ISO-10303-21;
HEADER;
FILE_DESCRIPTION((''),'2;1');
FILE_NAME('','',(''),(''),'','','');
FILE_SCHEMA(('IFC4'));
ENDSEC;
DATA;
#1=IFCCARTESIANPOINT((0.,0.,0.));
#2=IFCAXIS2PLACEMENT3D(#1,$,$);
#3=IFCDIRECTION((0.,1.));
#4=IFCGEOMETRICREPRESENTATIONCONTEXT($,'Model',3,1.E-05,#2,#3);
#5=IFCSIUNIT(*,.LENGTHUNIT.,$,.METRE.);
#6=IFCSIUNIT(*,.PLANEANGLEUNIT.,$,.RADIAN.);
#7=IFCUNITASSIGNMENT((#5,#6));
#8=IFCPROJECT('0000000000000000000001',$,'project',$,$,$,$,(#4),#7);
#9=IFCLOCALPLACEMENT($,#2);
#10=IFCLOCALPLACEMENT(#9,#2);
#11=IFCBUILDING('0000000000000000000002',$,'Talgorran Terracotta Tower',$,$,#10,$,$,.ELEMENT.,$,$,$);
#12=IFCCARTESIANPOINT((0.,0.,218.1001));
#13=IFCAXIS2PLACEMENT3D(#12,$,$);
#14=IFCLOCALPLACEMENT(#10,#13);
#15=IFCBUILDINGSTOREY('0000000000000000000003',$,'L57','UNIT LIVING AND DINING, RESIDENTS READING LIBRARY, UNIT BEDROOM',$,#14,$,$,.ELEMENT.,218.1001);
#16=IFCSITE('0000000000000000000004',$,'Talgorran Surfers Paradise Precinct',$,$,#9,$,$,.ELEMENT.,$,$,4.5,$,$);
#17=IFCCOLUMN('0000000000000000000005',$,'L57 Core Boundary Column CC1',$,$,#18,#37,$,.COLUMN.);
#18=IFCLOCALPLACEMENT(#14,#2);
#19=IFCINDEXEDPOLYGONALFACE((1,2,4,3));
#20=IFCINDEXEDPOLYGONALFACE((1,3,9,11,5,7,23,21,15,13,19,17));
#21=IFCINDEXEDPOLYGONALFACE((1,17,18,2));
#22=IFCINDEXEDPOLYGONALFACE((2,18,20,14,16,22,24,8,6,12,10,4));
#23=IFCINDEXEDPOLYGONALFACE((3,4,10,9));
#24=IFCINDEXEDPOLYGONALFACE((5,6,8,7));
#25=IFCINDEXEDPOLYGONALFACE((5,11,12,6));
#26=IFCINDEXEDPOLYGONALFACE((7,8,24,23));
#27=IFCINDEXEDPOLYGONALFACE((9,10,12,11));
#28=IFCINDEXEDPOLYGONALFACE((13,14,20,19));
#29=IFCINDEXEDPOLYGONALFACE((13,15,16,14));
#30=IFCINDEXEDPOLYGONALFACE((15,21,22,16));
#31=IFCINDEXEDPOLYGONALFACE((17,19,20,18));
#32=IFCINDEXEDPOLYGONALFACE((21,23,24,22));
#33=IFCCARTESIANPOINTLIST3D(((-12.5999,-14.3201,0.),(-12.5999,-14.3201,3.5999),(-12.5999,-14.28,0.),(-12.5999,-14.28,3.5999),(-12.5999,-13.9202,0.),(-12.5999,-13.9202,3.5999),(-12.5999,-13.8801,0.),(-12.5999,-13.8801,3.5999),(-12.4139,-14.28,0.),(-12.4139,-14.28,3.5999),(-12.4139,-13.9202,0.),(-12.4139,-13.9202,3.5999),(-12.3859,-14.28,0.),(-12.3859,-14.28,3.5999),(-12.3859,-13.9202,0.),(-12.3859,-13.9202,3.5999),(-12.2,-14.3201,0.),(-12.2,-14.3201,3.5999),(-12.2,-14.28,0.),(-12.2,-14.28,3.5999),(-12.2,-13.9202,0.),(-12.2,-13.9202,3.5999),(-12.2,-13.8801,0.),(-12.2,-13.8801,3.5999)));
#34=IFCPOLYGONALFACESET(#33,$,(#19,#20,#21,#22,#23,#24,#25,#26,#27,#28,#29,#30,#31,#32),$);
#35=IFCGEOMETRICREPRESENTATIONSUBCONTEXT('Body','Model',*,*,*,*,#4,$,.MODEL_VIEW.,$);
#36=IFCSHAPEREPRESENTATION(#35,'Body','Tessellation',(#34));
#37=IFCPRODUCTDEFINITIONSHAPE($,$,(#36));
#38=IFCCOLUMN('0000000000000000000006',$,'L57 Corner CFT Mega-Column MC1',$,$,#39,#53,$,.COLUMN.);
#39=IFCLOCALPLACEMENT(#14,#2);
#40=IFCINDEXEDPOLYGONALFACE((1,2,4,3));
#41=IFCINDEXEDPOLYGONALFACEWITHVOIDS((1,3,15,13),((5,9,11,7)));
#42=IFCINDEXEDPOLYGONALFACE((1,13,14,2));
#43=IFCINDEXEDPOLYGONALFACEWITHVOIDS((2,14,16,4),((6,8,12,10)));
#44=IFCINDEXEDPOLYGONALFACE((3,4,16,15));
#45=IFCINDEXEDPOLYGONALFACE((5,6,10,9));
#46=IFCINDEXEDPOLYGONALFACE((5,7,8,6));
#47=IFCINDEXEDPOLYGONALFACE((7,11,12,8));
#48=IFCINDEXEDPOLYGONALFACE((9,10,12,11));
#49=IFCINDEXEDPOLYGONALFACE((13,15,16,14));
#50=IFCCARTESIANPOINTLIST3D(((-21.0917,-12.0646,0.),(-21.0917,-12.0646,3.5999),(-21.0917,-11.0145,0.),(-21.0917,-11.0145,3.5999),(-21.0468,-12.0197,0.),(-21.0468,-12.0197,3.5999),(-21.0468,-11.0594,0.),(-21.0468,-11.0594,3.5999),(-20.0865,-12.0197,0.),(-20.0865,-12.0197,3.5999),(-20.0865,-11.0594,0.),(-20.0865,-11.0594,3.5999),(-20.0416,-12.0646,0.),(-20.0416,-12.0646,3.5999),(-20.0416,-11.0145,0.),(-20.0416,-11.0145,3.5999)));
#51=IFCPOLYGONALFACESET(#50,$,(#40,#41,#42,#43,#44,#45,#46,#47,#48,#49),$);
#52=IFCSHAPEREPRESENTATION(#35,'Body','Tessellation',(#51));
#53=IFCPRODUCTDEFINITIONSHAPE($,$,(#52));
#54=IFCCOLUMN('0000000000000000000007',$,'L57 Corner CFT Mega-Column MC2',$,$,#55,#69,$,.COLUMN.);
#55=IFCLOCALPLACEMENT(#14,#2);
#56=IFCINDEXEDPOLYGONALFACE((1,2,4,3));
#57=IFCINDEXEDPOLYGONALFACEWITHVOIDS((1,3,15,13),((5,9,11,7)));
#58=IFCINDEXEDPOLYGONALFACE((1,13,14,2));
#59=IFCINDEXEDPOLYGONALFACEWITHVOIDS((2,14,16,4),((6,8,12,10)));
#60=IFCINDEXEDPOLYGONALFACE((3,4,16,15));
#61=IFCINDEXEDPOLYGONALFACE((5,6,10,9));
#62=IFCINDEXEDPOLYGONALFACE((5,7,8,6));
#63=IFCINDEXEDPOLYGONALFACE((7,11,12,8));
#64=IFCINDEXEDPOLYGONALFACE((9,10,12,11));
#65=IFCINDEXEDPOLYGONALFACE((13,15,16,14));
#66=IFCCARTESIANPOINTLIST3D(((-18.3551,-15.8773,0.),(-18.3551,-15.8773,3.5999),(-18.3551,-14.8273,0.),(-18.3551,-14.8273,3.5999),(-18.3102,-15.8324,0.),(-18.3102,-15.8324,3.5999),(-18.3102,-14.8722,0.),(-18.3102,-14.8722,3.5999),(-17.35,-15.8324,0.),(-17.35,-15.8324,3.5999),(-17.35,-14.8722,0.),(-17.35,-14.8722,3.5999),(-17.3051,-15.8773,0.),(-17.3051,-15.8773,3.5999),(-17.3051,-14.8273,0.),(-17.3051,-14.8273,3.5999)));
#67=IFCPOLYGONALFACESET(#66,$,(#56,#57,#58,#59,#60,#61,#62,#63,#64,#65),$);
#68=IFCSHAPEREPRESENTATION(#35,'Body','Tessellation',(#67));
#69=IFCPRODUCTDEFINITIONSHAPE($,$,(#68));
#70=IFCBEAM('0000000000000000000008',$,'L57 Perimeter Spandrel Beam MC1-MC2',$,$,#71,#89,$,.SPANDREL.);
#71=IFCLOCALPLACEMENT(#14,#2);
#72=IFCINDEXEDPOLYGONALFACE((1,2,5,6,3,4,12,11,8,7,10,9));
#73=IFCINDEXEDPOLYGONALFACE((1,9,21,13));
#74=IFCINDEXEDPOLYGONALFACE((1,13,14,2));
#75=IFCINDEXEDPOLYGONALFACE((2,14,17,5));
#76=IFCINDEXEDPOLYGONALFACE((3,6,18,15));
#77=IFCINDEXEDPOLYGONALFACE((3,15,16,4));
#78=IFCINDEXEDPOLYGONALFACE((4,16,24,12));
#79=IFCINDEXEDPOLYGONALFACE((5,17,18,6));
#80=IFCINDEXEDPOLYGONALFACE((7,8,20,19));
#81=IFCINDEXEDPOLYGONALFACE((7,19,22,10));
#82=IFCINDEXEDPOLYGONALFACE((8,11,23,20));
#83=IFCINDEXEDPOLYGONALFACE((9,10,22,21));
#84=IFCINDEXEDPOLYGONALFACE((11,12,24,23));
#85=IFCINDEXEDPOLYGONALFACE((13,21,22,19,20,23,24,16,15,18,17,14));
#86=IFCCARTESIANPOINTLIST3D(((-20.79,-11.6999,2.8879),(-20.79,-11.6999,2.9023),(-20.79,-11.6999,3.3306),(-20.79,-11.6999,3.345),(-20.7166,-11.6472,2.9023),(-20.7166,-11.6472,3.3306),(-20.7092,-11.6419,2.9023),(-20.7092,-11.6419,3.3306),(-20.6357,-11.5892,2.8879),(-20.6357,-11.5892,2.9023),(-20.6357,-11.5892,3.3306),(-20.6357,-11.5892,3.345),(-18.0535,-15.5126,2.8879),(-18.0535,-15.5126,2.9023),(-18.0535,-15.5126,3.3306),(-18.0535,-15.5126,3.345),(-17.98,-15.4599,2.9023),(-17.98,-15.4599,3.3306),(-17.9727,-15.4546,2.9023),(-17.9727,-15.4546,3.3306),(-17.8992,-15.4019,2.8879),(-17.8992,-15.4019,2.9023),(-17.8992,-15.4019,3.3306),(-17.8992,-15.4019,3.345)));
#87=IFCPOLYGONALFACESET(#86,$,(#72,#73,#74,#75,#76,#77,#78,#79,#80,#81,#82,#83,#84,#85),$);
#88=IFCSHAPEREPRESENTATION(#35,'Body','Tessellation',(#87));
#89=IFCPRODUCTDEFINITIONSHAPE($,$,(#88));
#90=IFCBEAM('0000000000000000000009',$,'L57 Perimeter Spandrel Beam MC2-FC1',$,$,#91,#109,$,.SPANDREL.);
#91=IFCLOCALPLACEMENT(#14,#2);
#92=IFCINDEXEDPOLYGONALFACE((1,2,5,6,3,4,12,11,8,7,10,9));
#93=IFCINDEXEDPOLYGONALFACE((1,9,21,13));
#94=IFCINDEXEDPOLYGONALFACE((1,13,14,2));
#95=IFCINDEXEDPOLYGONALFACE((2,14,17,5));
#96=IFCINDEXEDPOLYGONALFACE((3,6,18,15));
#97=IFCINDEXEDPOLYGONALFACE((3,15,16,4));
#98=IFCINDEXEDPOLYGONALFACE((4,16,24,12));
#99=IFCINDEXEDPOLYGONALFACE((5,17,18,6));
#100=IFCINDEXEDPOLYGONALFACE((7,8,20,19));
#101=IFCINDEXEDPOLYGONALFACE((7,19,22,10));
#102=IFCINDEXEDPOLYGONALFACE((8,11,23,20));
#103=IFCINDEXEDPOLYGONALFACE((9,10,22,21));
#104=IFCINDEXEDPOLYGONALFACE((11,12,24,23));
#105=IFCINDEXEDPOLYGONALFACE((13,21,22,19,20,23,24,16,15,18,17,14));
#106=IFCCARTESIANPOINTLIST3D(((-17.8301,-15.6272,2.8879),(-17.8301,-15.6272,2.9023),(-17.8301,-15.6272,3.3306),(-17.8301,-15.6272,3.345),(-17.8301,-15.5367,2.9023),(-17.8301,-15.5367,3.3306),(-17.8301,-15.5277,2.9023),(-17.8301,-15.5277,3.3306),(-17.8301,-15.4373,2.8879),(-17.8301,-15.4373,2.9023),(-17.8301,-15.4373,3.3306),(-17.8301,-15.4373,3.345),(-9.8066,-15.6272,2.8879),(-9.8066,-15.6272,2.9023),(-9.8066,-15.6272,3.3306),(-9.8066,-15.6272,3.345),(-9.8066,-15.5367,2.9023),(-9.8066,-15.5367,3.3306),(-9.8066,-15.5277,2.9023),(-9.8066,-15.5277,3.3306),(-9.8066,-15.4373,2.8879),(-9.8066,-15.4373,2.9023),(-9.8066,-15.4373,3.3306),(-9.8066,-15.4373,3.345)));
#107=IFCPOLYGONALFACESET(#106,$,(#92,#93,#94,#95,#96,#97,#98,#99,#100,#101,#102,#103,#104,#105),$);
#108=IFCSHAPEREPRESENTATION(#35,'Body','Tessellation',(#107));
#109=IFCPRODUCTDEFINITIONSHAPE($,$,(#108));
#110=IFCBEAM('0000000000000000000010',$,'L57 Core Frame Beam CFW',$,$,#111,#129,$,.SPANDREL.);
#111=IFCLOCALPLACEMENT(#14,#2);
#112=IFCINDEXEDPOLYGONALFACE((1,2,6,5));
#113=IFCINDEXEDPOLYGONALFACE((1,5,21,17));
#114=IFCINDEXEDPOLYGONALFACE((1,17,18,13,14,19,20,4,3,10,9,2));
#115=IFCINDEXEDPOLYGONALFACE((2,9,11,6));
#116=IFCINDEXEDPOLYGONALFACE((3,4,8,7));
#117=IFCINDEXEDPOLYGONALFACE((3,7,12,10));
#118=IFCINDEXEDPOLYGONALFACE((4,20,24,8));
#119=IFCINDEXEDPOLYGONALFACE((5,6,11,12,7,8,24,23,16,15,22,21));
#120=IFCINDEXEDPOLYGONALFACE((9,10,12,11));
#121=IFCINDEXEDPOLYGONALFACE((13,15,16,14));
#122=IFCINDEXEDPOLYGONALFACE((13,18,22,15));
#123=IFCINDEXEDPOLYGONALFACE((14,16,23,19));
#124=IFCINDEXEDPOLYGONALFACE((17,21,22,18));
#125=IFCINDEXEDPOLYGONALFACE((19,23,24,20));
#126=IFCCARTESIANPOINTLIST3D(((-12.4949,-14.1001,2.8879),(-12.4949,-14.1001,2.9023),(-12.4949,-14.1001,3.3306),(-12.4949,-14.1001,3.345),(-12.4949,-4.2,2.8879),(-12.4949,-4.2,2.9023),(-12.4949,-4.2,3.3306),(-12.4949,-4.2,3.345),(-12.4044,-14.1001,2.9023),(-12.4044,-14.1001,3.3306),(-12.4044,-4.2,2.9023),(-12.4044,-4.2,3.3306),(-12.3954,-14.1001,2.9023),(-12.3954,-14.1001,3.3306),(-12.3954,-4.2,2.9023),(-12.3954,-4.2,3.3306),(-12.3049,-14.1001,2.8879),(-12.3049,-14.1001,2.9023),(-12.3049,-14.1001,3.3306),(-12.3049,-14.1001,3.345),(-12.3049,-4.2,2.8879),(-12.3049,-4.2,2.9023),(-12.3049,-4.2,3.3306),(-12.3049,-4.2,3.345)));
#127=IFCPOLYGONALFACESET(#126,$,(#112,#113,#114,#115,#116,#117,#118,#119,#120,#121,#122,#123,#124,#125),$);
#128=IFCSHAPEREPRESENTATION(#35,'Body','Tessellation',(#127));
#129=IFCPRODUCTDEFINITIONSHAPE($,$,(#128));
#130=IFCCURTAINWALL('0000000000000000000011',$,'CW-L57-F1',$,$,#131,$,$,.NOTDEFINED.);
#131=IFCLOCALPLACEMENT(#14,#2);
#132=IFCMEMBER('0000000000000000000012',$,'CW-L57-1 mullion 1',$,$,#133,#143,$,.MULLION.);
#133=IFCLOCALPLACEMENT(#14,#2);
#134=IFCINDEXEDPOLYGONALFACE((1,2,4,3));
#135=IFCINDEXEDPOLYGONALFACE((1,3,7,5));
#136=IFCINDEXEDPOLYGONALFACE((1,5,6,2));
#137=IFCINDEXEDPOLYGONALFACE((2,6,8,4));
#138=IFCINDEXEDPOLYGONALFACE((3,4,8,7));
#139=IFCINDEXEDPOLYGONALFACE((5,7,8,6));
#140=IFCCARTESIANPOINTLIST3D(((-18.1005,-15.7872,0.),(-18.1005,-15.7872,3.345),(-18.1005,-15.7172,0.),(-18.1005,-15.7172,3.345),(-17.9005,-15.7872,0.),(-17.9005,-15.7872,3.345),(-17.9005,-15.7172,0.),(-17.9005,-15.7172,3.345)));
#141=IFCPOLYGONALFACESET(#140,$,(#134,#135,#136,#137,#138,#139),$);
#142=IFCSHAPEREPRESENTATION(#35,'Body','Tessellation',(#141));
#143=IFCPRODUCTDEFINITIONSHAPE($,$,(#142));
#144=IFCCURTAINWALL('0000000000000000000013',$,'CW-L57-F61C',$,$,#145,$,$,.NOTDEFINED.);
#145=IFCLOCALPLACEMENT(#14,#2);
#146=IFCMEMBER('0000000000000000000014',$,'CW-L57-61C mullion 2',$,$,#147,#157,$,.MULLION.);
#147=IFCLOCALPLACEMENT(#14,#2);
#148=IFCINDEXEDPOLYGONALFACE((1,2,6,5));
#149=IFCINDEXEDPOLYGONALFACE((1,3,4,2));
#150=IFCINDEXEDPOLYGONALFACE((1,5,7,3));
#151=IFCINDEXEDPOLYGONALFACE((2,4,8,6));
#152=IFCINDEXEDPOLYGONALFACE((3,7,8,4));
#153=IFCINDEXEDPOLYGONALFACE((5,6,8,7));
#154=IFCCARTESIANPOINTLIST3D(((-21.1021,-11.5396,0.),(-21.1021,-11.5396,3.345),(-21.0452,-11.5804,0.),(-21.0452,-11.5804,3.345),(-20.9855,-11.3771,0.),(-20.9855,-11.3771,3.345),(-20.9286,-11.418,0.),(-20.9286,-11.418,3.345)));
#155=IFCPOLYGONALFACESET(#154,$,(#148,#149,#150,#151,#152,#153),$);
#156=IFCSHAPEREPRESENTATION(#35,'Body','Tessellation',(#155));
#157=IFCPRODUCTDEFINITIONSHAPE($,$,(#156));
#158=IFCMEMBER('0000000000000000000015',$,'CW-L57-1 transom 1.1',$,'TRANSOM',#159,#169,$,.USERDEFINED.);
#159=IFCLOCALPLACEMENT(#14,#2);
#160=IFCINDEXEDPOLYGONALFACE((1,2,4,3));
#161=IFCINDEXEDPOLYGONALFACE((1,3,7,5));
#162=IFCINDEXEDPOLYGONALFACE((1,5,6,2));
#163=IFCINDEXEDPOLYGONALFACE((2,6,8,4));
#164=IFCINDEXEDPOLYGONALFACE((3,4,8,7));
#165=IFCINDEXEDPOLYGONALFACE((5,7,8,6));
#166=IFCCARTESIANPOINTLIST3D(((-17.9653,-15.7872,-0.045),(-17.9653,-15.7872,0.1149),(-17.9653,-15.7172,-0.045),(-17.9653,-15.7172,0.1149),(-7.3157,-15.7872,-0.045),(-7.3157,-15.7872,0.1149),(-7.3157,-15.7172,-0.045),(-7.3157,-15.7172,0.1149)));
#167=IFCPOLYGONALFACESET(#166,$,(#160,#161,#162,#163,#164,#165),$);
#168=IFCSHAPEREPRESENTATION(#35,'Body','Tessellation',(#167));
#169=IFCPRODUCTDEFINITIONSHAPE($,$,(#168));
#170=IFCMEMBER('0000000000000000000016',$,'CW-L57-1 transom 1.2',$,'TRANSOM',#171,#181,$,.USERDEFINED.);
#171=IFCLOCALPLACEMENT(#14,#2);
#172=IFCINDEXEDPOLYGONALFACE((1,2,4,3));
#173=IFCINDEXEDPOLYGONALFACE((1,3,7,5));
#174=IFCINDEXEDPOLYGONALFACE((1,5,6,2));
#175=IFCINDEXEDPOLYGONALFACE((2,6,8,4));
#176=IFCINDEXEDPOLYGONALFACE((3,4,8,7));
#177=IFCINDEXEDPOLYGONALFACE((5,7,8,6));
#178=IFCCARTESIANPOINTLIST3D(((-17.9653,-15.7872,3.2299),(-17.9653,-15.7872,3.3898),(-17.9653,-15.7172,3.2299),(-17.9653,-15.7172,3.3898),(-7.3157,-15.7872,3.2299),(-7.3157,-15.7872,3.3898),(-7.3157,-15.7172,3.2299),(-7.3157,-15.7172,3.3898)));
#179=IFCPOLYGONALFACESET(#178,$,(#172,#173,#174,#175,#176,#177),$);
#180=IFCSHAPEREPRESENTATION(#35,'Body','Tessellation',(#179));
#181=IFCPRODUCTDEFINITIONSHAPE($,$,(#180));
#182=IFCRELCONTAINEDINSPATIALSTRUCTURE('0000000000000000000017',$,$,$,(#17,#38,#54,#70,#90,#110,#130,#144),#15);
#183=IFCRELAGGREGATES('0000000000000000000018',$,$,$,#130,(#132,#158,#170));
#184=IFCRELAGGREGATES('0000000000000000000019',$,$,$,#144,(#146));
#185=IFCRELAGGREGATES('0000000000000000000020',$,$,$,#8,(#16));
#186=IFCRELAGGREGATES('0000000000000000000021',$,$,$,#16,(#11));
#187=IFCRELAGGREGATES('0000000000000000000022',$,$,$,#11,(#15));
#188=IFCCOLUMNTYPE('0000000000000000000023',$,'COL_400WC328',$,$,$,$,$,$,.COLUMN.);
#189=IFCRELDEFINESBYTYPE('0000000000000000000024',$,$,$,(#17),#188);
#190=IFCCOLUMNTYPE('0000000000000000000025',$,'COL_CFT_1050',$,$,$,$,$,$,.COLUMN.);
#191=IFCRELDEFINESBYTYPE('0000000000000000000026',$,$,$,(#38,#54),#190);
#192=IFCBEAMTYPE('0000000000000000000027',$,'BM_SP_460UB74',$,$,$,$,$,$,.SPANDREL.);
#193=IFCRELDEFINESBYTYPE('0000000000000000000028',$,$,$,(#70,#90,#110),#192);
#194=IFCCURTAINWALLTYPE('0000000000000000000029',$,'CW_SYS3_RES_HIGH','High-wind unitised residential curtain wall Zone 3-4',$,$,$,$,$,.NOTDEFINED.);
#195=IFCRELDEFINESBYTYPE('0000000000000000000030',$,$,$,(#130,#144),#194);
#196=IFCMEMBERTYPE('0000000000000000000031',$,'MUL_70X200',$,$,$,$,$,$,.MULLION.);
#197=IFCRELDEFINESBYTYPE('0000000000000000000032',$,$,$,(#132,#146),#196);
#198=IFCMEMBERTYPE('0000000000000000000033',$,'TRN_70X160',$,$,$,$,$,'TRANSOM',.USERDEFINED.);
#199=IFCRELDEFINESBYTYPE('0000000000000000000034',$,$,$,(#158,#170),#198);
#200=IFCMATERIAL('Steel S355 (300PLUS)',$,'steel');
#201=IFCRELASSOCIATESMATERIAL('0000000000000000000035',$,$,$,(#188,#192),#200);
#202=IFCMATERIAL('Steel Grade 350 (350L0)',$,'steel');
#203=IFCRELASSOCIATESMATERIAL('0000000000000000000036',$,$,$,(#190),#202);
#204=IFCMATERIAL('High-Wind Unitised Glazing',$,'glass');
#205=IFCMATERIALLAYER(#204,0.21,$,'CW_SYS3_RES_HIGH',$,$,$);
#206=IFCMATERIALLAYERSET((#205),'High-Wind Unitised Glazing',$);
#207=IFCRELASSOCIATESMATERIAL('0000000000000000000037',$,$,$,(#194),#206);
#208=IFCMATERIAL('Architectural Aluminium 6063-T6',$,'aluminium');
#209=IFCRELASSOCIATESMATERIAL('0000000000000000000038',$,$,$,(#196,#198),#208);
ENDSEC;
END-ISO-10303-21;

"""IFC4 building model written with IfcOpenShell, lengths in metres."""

from ifc_helpers import new_model, si_unit, direction, frame, origin, origin_2d, place, context, subcontext, project, spatial, rectangle, hollow_rectangle, i_section, extrude, material, layer, layer_set, material_profile, profile_set, type_object, element, aggregate, save


model = new_model("IFC4")

# Units and contexts
model_context = context("Model", 3, precision=1e-05, world=origin(), true_north=direction((0.0, 1.0)))
body_context = subcontext(model_context, "Body", "Model", "MODEL_VIEW")
ifc_project = project(units=[si_unit("LENGTHUNIT", "METRE"), si_unit("PLANEANGLEUNIT", "RADIAN")], contexts=[model_context])

# Site, building, storey
site_placement = place(None, origin())
site = spatial("IfcSite", under=ifc_project, at=site_placement, Name="Talgorran Surfers Paradise Precinct", CompositionType="ELEMENT", RefElevation=4.5)
building_placement = place(site_placement, origin())
building = spatial("IfcBuilding", under=site, at=building_placement, Name="Talgorran Terracotta Tower", CompositionType="ELEMENT")
storey_placement = place(building_placement, frame((0.0, 0.0, 218.1001)))
storey = spatial("IfcBuildingStorey", under=building, at=storey_placement, Name="L57", Description="UNIT LIVING AND DINING, RESIDENTS READING LIBRARY, UNIT BEDROOM", CompositionType="ELEMENT", Elevation=218.1001)

# Columns
ifc_material_1 = material(Name="Steel S355 (300PLUS)", Category="steel")
ifc_material_profile_1 = material_profile(ifc_material_1, i_section(OverallWidth=0.3999, OverallDepth=0.4399, WebThickness=0.0281, FlangeThickness=0.04, at=origin_2d()), Name="400WC328")
ifc_profile_set_1 = profile_set([ifc_material_profile_1], Name="Steel S355 (300PLUS)")
column_type_1 = type_object("IfcColumnType", Name="COL_400WC328", PredefinedType="COLUMN", material=ifc_profile_set_1)
column_placement = place(storey_placement, frame((-12.3999, -14.1001, 0.0), z_axis=(0.0, 0.0, 1.0), x_axis=(1.0, 0.0, 0.0)))
element("IfcColumn", 1, at=column_placement, inside=storey, type_object=column_type_1, Name="L57 Core Boundary Column CC1", PredefinedType="COLUMN", context=body_context, shape_type="SweptSolid", body=[
    extrude(i_section(OverallWidth=0.3999, OverallDepth=0.4399, WebThickness=0.0281, FlangeThickness=0.04, at=origin_2d()), origin(), (0.0, 0.0, 1.0), 3.5999),
])
ifc_material_2 = material(Name="Steel Grade 350 (350L0)", Category="steel")
ifc_material_profile_2 = material_profile(ifc_material_2, hollow_rectangle(XDim=1.05, YDim=1.05, WallThickness=0.0449, at=origin_2d()), Name="CFT1050X1050X45")
ifc_profile_set_2 = profile_set([ifc_material_profile_2], Name="Steel Grade 350 (350L0)")
column_type_2 = type_object("IfcColumnType", Name="COL_CFT_1050", PredefinedType="COLUMN", material=ifc_profile_set_2)
for number, where, z_axis, x_axis, name in (
    (2, (-20.5667, -11.5396, 0.0), (0.0, 0.0, 1.0), (1.0, 0.0, 0.0), "L57 Corner CFT Mega-Column MC1"),
    (3, (-17.8301, -15.3523, 0.0), (0.0, 0.0, 1.0), (1.0, 0.0, 0.0), "L57 Corner CFT Mega-Column MC2"),
):
    element("IfcColumn", number, at=place(storey_placement, frame(where, z_axis=z_axis, x_axis=x_axis)), inside=storey, type_object=column_type_2, Name=name, PredefinedType="COLUMN", context=body_context, shape_type="SweptSolid", body=[
        extrude(hollow_rectangle(XDim=1.05, YDim=1.05, WallThickness=0.0449, at=origin_2d()), origin(), (0.0, 0.0, 1.0), 3.5999),
    ])

# Beams
ifc_material_profile_3 = material_profile(ifc_material_1, i_section(OverallWidth=0.1899, OverallDepth=0.457, WebThickness=0.009, FlangeThickness=0.0144, at=origin_2d()), Name="460UB74.6")
ifc_profile_set_3 = profile_set([ifc_material_profile_3], Name="Steel S355 (300PLUS)")
beam_type = type_object("IfcBeamType", Name="BM_SP_460UB74", PredefinedType="SPANDREL", material=ifc_profile_set_3)
beam_1_placement = place(storey_placement, frame((-20.7129, -11.6445, 3.1165), z_axis=(0.583097, -0.812403, 0.0), x_axis=(0.812403, 0.583097, 0.0)))
element("IfcBeam", 4, at=beam_1_placement, inside=storey, type_object=beam_type, Name="L57 Perimeter Spandrel Beam MC1-MC2", PredefinedType="SPANDREL", context=body_context, shape_type="SweptSolid", body=[
    extrude(i_section(OverallWidth=0.1899, OverallDepth=0.457, WebThickness=0.009, FlangeThickness=0.0144, at=origin_2d()), origin(), (0.0, 0.0, 1.0), 4.6931),
])
beam_2_placement = place(storey_placement, frame((-17.8301, -15.5322, 3.1165), z_axis=(1.0, 0.0, 0.0), x_axis=(0.0, 1.0, 0.0)))
element("IfcBeam", 5, at=beam_2_placement, inside=storey, type_object=beam_type, Name="L57 Perimeter Spandrel Beam MC2-FC1", PredefinedType="SPANDREL", context=body_context, shape_type="SweptSolid", body=[
    extrude(i_section(OverallWidth=0.1899, OverallDepth=0.457, WebThickness=0.009, FlangeThickness=0.0144, at=origin_2d()), origin(), (0.0, 0.0, 1.0), 8.0234),
])
beam_3_placement = place(storey_placement, frame((-12.3999, -14.1001, 3.1165), z_axis=(0.0, 1.0, 0.0), x_axis=(-1.0, 0.0, 0.0)))
element("IfcBeam", 6, at=beam_3_placement, inside=storey, type_object=beam_type, Name="L57 Core Frame Beam CFW", PredefinedType="SPANDREL", context=body_context, shape_type="SweptSolid", body=[
    extrude(i_section(OverallWidth=0.1899, OverallDepth=0.457, WebThickness=0.009, FlangeThickness=0.0144, at=origin_2d()), origin(), (0.0, 0.0, 1.0), 9.9001),
])

# Curtain walls, members
ifc_material_3 = material(Name="High-Wind Unitised Glazing", Category="glass")
ifc_layer_1 = layer(ifc_material_3, 0.21, Name="CW_SYS3_RES_HIGH")
ifc_layer_set_1 = layer_set([ifc_layer_1], Name="High-Wind Unitised Glazing")
curtain_wall_type = type_object("IfcCurtainWallType", Name="CW_SYS3_RES_HIGH", Description="High-wind unitised residential curtain wall Zone 3-4", PredefinedType="NOTDEFINED", material=ifc_layer_set_1)
curtain_wall_1_placement = place(storey_placement, origin())
curtain_wall_1 = element("IfcCurtainWall", 7, at=curtain_wall_1_placement, inside=storey, type_object=curtain_wall_type, Name="CW-L57-F1", PredefinedType="NOTDEFINED")
ifc_material_4 = material(Name="Architectural Aluminium 6063-T6", Category="aluminium")
ifc_material_profile_4 = material_profile(ifc_material_4, rectangle(XDim=0.0701, YDim=0.2, at=origin_2d()), Name="CWM70X200")
ifc_profile_set_4 = profile_set([ifc_material_profile_4], Name="Architectural Aluminium 6063-T6")
member_type_1 = type_object("IfcMemberType", Name="MUL_70X200", PredefinedType="MULLION", material=ifc_profile_set_4)
member_1_placement = place(storey_placement, frame((-18.0005, -15.7522, 0.0), z_axis=(0.0, 0.0, 1.0), x_axis=(0.0, 1.0, 0.0)))
member_1 = element("IfcMember", 8, at=member_1_placement, type_object=member_type_1, Name="CW-L57-1 mullion 1", PredefinedType="MULLION", context=body_context, shape_type="SweptSolid", body=[
    extrude(rectangle(XDim=0.0701, YDim=0.2, at=origin_2d()), origin(), (0.0, 0.0, 1.0), 3.345),
])
curtain_wall_2_placement = place(storey_placement, origin())
curtain_wall_2 = element("IfcCurtainWall", 9, at=curtain_wall_2_placement, inside=storey, type_object=curtain_wall_type, Name="CW-L57-F61C", PredefinedType="NOTDEFINED")
member_2_placement = place(storey_placement, frame((-21.0154, -11.4788, 0.0), z_axis=(0.0, 0.0, 1.0), x_axis=(0.812396, -0.583106, 0.0)))
member_2 = element("IfcMember", 10, at=member_2_placement, type_object=member_type_1, Name="CW-L57-61C mullion 2", PredefinedType="MULLION", context=body_context, shape_type="SweptSolid", body=[
    extrude(rectangle(XDim=0.0701, YDim=0.2, at=origin_2d()), origin(), (0.0, 0.0, 1.0), 3.345),
])

# Members
ifc_material_profile_5 = material_profile(ifc_material_4, rectangle(XDim=0.0701, YDim=0.1599, at=origin_2d()), Name="CWT70X160")
ifc_profile_set_5 = profile_set([ifc_material_profile_5], Name="Architectural Aluminium 6063-T6")
member_type_2 = type_object("IfcMemberType", Name="TRN_70X160", ElementType="TRANSOM", PredefinedType="USERDEFINED", material=ifc_profile_set_5)
member_3_placement = place(storey_placement, frame((-17.9653, -15.7522, 0.0349), z_axis=(1.0, 0.0, 0.0), x_axis=(0.0, 1.0, 0.0)))
member_3 = element("IfcMember", 11, at=member_3_placement, type_object=member_type_2, Name="CW-L57-1 transom 1.1", ObjectType="TRANSOM", PredefinedType="USERDEFINED", context=body_context, shape_type="SweptSolid", body=[
    extrude(rectangle(XDim=0.0701, YDim=0.1599, at=origin_2d()), origin(), (0.0, 0.0, 1.0), 10.6497),
])
member_4_placement = place(storey_placement, frame((-17.9653, -15.7522, 3.3098), z_axis=(1.0, 0.0, 0.0), x_axis=(0.0, 1.0, 0.0)))
member_4 = element("IfcMember", 12, at=member_4_placement, type_object=member_type_2, Name="CW-L57-1 transom 1.2", ObjectType="TRANSOM", PredefinedType="USERDEFINED", context=body_context, shape_type="SweptSolid", body=[
    extrude(rectangle(XDim=0.0701, YDim=0.1599, at=origin_2d()), origin(), (0.0, 0.0, 1.0), 10.6497),
])

aggregate(curtain_wall_1, [member_1, member_3, member_4])
aggregate(curtain_wall_2, [member_2])

save(model, "model.ifc")
